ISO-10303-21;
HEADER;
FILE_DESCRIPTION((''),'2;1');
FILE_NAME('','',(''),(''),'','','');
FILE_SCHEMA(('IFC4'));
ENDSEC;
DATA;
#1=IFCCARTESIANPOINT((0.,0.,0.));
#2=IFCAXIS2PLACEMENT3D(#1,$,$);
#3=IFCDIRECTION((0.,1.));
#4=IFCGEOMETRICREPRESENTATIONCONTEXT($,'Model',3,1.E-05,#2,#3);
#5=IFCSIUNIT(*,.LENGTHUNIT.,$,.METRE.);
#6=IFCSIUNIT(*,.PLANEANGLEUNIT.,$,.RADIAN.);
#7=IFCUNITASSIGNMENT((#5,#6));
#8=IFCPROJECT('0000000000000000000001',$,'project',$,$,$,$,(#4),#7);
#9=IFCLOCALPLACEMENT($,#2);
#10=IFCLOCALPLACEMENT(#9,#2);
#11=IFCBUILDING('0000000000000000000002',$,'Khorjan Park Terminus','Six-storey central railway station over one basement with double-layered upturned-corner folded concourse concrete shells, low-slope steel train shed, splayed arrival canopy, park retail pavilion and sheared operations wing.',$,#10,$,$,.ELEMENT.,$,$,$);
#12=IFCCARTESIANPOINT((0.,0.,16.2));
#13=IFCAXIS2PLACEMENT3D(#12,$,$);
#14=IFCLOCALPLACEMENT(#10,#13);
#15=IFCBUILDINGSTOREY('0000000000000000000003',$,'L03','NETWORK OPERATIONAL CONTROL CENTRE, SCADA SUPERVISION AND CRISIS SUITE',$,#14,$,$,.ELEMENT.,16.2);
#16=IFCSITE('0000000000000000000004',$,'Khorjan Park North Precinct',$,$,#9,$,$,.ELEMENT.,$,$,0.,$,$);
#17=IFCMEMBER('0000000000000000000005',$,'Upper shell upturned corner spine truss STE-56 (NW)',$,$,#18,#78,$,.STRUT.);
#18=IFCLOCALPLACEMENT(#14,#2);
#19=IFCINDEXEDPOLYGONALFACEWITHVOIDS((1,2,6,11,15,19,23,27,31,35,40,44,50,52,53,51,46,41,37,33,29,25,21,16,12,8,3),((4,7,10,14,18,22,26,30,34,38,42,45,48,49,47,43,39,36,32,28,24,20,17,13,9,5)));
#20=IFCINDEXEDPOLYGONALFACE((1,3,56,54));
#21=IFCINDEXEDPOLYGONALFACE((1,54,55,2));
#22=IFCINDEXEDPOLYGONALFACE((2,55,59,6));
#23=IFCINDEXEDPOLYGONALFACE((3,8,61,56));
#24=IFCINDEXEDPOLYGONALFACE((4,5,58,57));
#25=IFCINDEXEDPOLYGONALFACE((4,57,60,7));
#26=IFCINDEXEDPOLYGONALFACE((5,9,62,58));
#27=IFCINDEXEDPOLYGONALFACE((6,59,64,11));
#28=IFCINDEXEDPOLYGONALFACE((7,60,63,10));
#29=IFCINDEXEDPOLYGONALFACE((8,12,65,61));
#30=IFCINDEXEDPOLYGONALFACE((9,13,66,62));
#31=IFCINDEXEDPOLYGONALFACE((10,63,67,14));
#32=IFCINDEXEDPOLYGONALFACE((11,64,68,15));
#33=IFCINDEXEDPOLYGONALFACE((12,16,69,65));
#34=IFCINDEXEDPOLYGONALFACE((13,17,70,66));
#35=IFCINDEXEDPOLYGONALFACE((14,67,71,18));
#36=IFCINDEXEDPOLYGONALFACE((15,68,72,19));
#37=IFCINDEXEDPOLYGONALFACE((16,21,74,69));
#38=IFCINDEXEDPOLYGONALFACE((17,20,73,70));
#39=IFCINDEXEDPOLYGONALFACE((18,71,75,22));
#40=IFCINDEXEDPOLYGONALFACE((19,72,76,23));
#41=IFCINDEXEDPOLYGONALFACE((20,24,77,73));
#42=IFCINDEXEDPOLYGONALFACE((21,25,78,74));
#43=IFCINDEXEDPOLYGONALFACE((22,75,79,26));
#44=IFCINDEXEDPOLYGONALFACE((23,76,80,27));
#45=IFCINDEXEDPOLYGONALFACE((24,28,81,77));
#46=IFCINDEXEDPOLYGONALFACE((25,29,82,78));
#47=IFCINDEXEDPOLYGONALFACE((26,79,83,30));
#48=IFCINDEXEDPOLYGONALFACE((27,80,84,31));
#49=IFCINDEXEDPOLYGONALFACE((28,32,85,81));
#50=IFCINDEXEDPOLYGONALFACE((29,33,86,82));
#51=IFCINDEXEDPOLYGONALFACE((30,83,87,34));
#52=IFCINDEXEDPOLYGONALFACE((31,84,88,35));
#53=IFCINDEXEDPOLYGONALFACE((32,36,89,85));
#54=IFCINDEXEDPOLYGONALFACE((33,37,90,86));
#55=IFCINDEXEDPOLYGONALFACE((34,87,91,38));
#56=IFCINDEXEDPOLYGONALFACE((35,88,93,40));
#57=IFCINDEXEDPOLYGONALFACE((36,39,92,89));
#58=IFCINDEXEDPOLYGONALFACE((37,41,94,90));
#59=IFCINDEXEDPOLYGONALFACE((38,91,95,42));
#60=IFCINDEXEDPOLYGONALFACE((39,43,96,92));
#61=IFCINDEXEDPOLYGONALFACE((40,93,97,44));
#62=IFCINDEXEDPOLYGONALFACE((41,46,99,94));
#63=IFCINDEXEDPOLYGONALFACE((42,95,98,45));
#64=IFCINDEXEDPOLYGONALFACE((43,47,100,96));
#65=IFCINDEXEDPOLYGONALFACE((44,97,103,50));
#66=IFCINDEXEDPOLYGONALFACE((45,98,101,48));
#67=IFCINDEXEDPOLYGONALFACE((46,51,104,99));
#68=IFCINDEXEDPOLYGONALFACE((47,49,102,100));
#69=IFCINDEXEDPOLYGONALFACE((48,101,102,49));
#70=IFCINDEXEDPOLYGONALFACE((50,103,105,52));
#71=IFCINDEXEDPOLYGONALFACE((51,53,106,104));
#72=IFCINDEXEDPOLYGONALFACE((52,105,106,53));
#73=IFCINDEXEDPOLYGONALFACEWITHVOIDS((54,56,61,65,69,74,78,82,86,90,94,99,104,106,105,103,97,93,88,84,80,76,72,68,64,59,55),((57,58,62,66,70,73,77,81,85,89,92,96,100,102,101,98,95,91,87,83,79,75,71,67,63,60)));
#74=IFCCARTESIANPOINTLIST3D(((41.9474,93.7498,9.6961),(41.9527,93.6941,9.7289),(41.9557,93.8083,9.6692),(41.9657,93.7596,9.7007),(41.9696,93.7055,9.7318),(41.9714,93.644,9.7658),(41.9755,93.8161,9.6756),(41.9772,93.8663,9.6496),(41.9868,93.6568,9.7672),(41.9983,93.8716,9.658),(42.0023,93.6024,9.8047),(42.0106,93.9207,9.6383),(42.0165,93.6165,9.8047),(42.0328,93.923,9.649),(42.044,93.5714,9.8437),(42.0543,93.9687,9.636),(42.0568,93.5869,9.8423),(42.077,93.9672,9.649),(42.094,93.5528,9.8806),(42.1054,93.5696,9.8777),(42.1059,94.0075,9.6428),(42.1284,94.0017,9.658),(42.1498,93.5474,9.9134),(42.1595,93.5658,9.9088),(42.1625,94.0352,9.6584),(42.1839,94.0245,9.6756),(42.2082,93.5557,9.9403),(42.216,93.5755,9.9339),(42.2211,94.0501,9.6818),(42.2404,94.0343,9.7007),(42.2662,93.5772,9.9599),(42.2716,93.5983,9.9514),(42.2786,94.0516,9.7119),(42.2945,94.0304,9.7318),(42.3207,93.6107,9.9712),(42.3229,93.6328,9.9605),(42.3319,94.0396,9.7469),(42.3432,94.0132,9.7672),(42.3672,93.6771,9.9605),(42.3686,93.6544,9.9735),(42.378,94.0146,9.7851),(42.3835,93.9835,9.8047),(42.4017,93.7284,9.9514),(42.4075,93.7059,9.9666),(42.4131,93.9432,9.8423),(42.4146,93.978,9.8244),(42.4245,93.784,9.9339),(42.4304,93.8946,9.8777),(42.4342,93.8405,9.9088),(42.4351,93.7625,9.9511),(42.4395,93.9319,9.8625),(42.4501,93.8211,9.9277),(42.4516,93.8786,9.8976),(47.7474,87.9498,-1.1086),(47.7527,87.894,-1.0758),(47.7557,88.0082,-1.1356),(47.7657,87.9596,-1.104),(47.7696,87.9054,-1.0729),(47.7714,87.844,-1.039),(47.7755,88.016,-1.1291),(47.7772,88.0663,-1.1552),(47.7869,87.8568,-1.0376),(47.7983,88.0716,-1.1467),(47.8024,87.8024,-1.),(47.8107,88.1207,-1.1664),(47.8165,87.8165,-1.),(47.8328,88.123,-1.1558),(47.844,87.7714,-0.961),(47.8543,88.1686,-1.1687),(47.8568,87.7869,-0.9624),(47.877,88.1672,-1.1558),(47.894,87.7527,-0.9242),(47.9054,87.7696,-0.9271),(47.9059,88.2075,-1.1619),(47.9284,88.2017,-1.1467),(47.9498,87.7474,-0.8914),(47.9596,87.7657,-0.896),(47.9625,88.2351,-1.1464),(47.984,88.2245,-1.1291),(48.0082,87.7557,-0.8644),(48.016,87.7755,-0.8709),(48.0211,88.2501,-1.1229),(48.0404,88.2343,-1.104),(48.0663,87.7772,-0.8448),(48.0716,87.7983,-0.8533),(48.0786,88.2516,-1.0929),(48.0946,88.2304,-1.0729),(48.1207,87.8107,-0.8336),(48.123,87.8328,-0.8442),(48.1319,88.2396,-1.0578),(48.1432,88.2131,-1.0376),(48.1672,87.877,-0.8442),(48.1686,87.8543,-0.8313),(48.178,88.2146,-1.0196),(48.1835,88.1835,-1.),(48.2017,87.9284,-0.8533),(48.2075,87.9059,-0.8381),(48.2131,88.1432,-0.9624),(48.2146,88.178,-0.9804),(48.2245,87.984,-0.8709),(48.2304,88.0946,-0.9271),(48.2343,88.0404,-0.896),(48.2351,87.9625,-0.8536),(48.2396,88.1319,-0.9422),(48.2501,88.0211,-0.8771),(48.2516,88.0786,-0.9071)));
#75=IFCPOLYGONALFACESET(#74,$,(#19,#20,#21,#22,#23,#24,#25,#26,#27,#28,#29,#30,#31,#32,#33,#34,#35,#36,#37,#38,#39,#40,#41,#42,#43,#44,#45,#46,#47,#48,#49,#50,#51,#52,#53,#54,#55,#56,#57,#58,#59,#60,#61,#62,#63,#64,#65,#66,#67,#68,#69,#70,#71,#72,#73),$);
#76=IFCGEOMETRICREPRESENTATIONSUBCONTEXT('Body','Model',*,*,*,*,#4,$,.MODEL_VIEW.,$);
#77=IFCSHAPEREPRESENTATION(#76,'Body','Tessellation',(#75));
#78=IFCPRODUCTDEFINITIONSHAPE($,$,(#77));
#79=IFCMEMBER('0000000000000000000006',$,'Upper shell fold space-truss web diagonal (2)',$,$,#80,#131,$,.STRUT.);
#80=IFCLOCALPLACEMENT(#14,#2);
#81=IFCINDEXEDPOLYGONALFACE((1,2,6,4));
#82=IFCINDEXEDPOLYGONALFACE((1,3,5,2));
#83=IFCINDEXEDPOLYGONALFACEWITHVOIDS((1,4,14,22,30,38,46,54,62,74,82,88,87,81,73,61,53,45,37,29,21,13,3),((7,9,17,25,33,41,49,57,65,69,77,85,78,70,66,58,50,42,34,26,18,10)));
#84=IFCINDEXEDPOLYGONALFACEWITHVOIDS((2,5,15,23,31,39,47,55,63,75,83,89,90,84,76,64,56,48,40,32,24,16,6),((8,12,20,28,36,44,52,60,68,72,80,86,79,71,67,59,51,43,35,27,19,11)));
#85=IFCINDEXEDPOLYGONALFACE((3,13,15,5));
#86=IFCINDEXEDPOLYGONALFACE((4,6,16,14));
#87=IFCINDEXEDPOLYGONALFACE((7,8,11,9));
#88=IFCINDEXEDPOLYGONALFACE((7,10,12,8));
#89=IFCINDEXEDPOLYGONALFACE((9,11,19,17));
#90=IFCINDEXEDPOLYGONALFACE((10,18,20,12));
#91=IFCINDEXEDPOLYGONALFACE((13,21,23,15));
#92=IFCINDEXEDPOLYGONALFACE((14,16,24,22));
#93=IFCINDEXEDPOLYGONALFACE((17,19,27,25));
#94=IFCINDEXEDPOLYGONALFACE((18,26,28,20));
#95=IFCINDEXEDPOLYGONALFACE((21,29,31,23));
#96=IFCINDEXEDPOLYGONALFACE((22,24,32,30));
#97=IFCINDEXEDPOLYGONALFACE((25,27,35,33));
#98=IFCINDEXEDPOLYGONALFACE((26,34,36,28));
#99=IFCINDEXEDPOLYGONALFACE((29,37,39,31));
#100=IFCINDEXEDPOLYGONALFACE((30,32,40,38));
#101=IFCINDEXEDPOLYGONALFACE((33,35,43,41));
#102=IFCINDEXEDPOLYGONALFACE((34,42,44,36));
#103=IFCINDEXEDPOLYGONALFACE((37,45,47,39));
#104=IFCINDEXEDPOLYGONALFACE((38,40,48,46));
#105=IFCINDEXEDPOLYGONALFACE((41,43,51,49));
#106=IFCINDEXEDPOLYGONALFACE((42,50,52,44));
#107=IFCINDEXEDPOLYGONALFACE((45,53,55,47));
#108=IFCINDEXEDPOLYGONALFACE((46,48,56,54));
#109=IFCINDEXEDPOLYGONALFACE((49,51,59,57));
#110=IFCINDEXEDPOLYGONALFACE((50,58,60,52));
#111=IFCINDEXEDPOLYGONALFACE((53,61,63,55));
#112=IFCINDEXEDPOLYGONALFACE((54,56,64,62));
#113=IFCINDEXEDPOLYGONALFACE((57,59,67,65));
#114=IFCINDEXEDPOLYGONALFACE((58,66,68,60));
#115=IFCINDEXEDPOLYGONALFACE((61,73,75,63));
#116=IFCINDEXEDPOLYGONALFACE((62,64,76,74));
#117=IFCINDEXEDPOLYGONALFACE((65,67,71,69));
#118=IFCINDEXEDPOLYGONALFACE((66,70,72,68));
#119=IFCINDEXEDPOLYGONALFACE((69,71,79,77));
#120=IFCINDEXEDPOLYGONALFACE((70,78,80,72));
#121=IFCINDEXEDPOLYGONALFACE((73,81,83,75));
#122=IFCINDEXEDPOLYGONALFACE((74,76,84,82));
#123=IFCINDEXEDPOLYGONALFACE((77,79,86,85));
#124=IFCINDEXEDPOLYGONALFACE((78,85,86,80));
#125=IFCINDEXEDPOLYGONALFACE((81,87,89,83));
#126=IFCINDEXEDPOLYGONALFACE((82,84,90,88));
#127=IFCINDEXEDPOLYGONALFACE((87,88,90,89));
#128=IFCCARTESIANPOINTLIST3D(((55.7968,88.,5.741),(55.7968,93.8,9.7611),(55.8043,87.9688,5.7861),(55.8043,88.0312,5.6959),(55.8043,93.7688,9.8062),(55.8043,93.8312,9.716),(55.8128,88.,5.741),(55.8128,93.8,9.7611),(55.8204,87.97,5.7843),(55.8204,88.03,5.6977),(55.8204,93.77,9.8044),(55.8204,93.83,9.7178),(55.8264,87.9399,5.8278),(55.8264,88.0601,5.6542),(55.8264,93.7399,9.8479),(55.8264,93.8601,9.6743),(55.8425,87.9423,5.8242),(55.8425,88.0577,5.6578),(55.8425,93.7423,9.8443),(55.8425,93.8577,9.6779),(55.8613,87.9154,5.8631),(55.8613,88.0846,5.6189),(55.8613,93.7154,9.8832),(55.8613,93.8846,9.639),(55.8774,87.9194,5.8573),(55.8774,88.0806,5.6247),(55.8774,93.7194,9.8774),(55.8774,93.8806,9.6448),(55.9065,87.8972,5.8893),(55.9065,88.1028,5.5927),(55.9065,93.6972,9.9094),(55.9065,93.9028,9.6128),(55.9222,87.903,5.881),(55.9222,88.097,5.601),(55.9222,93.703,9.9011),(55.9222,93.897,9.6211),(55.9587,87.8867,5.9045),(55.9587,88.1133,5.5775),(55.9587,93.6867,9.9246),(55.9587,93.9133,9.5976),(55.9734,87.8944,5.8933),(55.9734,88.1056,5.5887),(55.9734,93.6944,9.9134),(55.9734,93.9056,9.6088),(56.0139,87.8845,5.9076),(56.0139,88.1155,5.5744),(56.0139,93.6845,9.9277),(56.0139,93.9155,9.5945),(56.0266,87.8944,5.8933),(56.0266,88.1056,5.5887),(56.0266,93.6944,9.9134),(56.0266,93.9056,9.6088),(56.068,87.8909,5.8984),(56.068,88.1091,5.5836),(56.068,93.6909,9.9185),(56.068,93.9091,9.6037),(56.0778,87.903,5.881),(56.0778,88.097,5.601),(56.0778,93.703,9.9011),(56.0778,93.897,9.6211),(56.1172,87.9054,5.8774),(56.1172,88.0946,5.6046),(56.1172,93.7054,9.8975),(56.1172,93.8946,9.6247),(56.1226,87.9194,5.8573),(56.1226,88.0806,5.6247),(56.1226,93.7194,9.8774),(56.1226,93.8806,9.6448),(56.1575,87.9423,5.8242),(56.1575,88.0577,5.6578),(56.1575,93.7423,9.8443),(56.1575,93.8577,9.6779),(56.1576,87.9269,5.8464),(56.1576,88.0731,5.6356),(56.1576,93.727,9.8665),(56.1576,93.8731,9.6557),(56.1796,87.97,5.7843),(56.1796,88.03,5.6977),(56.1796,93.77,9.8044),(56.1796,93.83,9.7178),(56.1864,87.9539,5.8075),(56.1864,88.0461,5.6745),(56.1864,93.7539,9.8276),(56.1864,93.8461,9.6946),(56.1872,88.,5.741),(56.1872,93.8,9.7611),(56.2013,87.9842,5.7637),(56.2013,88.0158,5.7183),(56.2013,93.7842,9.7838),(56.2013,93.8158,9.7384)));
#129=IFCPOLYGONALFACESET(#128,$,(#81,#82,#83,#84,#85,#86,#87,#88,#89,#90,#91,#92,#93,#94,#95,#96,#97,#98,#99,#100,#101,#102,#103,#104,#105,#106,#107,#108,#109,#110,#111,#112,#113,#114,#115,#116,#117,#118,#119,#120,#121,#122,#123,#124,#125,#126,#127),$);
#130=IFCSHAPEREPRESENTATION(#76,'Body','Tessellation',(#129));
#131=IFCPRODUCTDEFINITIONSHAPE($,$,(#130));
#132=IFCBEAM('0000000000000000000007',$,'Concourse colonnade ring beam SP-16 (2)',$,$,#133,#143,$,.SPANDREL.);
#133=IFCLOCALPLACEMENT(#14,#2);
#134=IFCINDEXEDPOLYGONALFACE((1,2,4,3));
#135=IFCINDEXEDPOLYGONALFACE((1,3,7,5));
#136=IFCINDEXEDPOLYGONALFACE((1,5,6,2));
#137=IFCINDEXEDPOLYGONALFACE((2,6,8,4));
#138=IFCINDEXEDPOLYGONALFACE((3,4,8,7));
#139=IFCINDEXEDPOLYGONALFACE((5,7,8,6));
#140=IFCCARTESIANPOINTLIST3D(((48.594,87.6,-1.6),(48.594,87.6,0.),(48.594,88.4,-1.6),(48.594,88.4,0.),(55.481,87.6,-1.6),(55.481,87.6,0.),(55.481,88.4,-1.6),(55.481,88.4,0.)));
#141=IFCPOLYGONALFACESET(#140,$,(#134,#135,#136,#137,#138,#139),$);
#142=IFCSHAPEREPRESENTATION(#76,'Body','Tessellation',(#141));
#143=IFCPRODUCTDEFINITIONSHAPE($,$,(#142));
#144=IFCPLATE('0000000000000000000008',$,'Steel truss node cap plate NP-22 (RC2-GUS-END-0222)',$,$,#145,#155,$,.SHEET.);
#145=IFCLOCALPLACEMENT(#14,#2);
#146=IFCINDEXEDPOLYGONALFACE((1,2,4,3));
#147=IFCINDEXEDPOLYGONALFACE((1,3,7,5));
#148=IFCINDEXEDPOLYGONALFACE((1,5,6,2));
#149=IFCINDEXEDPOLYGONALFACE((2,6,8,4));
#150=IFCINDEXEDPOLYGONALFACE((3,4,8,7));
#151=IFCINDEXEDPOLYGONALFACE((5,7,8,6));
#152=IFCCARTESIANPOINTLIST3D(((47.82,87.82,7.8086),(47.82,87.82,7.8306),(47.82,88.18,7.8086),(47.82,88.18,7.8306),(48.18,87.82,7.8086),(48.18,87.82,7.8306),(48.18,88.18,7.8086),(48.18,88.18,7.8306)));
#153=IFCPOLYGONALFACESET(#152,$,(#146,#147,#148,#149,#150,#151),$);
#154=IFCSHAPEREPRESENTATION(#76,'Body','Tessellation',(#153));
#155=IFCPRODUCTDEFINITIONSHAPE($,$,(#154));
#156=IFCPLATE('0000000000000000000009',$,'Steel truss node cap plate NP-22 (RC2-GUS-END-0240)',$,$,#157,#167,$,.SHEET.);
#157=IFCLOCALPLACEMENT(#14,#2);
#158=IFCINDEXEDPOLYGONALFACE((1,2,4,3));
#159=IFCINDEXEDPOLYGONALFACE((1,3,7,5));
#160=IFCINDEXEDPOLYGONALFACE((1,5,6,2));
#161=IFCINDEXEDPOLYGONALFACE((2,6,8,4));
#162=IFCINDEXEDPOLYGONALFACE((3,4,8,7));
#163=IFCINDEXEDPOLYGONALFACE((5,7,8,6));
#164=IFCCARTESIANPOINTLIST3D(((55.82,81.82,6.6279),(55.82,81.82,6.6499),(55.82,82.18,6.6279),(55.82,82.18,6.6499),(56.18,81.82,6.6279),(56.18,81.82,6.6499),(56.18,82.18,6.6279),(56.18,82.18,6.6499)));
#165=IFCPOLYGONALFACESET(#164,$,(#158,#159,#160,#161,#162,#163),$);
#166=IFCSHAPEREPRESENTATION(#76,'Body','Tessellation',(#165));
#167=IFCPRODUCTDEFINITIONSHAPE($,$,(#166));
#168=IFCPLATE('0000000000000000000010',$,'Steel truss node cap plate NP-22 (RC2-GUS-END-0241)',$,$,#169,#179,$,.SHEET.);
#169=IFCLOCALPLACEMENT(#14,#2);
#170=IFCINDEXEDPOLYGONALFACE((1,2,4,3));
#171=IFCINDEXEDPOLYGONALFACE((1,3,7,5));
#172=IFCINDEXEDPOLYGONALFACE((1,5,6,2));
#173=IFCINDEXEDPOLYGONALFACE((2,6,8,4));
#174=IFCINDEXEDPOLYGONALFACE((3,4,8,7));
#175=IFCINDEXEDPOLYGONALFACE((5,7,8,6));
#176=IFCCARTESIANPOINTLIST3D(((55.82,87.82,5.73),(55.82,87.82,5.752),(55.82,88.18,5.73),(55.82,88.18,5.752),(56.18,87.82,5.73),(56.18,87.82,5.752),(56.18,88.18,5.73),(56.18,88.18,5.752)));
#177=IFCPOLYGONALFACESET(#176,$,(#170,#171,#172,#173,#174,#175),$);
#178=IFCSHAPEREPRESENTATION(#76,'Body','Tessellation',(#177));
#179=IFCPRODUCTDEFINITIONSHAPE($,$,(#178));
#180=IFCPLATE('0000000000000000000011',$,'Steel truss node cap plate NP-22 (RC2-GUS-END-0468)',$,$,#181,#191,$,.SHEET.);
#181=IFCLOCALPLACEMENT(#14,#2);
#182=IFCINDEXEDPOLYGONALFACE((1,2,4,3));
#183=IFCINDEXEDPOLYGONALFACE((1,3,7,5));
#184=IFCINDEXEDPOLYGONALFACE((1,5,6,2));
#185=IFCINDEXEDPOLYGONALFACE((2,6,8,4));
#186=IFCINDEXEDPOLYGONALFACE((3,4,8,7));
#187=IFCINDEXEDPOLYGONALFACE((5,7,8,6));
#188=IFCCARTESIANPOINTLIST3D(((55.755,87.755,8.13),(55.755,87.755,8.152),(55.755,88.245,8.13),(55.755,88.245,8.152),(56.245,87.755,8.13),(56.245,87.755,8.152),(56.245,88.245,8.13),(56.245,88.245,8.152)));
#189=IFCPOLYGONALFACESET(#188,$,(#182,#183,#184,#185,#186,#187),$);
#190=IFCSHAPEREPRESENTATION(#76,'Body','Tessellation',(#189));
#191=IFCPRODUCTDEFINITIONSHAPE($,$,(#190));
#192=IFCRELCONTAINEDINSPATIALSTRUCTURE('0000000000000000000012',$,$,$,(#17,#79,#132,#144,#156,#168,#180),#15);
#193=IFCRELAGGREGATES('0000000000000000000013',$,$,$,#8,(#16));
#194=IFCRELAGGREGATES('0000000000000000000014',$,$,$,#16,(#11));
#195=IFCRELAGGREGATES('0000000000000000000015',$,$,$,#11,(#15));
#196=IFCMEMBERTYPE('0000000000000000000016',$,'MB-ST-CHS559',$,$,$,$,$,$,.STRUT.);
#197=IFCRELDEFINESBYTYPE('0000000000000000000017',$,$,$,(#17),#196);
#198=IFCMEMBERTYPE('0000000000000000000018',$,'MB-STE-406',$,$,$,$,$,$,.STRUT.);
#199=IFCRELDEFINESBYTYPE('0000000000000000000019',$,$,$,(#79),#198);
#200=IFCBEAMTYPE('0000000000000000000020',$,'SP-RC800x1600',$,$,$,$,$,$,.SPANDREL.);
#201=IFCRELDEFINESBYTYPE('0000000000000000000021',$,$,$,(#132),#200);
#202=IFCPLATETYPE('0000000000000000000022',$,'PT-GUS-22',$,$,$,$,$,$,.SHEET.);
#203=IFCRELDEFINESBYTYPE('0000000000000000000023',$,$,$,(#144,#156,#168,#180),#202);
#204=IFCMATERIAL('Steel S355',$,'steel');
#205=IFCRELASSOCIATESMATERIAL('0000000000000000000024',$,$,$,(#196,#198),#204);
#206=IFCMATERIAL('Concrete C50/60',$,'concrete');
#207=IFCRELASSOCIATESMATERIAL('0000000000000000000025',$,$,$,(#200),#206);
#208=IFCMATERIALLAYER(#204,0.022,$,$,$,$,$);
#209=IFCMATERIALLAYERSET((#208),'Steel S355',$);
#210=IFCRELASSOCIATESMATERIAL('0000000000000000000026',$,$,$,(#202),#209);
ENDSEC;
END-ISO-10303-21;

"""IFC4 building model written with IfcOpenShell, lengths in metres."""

from ifc_helpers import new_model, si_unit, direction, frame, origin, origin_2d, place, context, subcontext, project, spatial, rectangle, hollow_circle, extrude, material, layer, layer_set, material_profile, profile_set, type_object, element, save


model = new_model("IFC4")

# Units and contexts
model_context = context("Model", 3, precision=1e-05, world=origin(), true_north=direction((0.0, 1.0)))
body_context = subcontext(model_context, "Body", "Model", "MODEL_VIEW")
ifc_project = project(units=[si_unit("LENGTHUNIT", "METRE"), si_unit("PLANEANGLEUNIT", "RADIAN")], contexts=[model_context])

# Site, building, storey
site_placement = place(None, origin())
site = spatial("IfcSite", under=ifc_project, at=site_placement, Name="Khorjan Park North Precinct", CompositionType="ELEMENT", RefElevation=0.0)
building_placement = place(site_placement, origin())
building = spatial("IfcBuilding", under=site, at=building_placement, Name="Khorjan Park Terminus", Description="Six-storey central railway station over one basement with double-layered upturned-corner folded concourse concrete shells, low-slope steel train shed, splayed arrival canopy, park retail pavilion and sheared operations wing.", CompositionType="ELEMENT")
storey_placement = place(building_placement, frame((0.0, 0.0, 16.2)))
storey = spatial("IfcBuildingStorey", under=building, at=storey_placement, Name="L03", Description="NETWORK OPERATIONAL CONTROL CENTRE, SCADA SUPERVISION AND CRISIS SUITE", CompositionType="ELEMENT", Elevation=16.2)

# Shared definitions
ifc_material_1 = material(Name="Concrete C50/60", Category="concrete")

# Members
ifc_material_2 = material(Name="Steel S355", Category="steel")
ifc_material_profile_1 = material_profile(ifc_material_2, hollow_circle(Radius=0.2795, WallThickness=0.02, at=origin_2d()), Name="CHS 559x20")
ifc_profile_set_1 = profile_set([ifc_material_profile_1], Name="Steel S355")
member_type_1 = type_object("IfcMemberType", Name="MB-ST-CHS559", PredefinedType="STRUT", material=ifc_profile_set_1)
member_1_placement = place(storey_placement, frame((48.0, 88.0, -1.0), z_axis=(-0.427557, 0.427557, 0.796486), x_axis=(-0.707107, -0.707107, 0.0)))
element("IfcMember", 1, at=member_1_placement, inside=storey, type_object=member_type_1, Name="Upper shell upturned corner spine truss STE-56 (NW)", PredefinedType="STRUT", context=body_context, shape_type="SweptSolid", body=[
    extrude(hollow_circle(Radius=0.2795, WallThickness=0.02, at=origin_2d()), origin(), (0.0, 0.0, 1.0), 13.5655),
])
ifc_material_profile_2 = material_profile(ifc_material_2, hollow_circle(Radius=0.2032, WallThickness=0.016, at=origin_2d()), Name="CHS 406.4x16")
ifc_profile_set_2 = profile_set([ifc_material_profile_2], Name="Steel S355")
member_type_2 = type_object("IfcMemberType", Name="MB-STE-406", PredefinedType="STRUT", material=ifc_profile_set_2)
member_2_placement = place(storey_placement, frame((56.0, 88.0, 5.741), z_axis=(0.0, 0.821879, 0.569662), x_axis=(-1.0, 0.0, 0.0)))
element("IfcMember", 2, at=member_2_placement, inside=storey, type_object=member_type_2, Name="Upper shell fold space-truss web diagonal (2)", PredefinedType="STRUT", context=body_context, shape_type="SweptSolid", body=[
    extrude(hollow_circle(Radius=0.2032, WallThickness=0.016, at=origin_2d()), origin(), (0.0, 0.0, 1.0), 7.057),
])

# Beam
ifc_material_profile_3 = material_profile(ifc_material_1, rectangle(XDim=0.8, YDim=1.6, at=origin_2d()), Name="RC 800x1600")
ifc_profile_set_3 = profile_set([ifc_material_profile_3], Name="Concrete C50/60")
beam_type = type_object("IfcBeamType", Name="SP-RC800x1600", PredefinedType="SPANDREL", material=ifc_profile_set_3)
beam_placement = place(storey_placement, frame((48.594, 88.0, -0.8), z_axis=(1.0, 0.0, 0.0), x_axis=(0.0, 1.0, 0.0)))
element("IfcBeam", 3, at=beam_placement, inside=storey, type_object=beam_type, Name="Concourse colonnade ring beam SP-16 (2)", PredefinedType="SPANDREL", context=body_context, shape_type="SweptSolid", body=[
    extrude(rectangle(XDim=0.8, YDim=1.6, at=origin_2d()), origin(), (0.0, 0.0, 1.0), 6.887),
])

# Plates
ifc_layer_1 = layer(ifc_material_2, 0.022)
ifc_layer_set_1 = layer_set([ifc_layer_1], Name="Steel S355")
plate_type_1 = type_object("IfcPlateType", Name="PT-GUS-22", PredefinedType="SHEET", material=ifc_layer_set_1)
for number, where, z_axis, x_axis, name in (
    (4, (48.0, 88.0, 7.8086), (0.0, 0.0, 1.0), (1.0, 0.0, 0.0), "Steel truss node cap plate NP-22 (RC2-GUS-END-0222)"),
    (5, (56.0, 82.0, 6.6279), (0.0, 0.0, 1.0), (1.0, 0.0, 0.0), "Steel truss node cap plate NP-22 (RC2-GUS-END-0240)"),
    (6, (56.0, 88.0, 5.73), (0.0, 0.0, 1.0), (1.0, 0.0, 0.0), "Steel truss node cap plate NP-22 (RC2-GUS-END-0241)"),
):
    element("IfcPlate", number, at=place(storey_placement, frame(where, z_axis=z_axis, x_axis=x_axis)), inside=storey, type_object=plate_type_1, Name=name, PredefinedType="SHEET", context=body_context, shape_type="SweptSolid", body=[
        extrude(rectangle(XDim=0.36, YDim=0.36, at=origin_2d()), origin(), (0.0, 0.0, 1.0), 0.022),
    ])
plate_placement = place(storey_placement, frame((56.0, 88.0, 8.13), z_axis=(0.0, 0.0, 1.0), x_axis=(1.0, 0.0, 0.0)))
element("IfcPlate", 7, at=plate_placement, inside=storey, type_object=plate_type_1, Name="Steel truss node cap plate NP-22 (RC2-GUS-END-0468)", PredefinedType="SHEET", context=body_context, shape_type="SweptSolid", body=[
    extrude(rectangle(XDim=0.49, YDim=0.49, at=origin_2d()), origin(), (0.0, 0.0, 1.0), 0.022),
])

save(model, "model.ifc")
